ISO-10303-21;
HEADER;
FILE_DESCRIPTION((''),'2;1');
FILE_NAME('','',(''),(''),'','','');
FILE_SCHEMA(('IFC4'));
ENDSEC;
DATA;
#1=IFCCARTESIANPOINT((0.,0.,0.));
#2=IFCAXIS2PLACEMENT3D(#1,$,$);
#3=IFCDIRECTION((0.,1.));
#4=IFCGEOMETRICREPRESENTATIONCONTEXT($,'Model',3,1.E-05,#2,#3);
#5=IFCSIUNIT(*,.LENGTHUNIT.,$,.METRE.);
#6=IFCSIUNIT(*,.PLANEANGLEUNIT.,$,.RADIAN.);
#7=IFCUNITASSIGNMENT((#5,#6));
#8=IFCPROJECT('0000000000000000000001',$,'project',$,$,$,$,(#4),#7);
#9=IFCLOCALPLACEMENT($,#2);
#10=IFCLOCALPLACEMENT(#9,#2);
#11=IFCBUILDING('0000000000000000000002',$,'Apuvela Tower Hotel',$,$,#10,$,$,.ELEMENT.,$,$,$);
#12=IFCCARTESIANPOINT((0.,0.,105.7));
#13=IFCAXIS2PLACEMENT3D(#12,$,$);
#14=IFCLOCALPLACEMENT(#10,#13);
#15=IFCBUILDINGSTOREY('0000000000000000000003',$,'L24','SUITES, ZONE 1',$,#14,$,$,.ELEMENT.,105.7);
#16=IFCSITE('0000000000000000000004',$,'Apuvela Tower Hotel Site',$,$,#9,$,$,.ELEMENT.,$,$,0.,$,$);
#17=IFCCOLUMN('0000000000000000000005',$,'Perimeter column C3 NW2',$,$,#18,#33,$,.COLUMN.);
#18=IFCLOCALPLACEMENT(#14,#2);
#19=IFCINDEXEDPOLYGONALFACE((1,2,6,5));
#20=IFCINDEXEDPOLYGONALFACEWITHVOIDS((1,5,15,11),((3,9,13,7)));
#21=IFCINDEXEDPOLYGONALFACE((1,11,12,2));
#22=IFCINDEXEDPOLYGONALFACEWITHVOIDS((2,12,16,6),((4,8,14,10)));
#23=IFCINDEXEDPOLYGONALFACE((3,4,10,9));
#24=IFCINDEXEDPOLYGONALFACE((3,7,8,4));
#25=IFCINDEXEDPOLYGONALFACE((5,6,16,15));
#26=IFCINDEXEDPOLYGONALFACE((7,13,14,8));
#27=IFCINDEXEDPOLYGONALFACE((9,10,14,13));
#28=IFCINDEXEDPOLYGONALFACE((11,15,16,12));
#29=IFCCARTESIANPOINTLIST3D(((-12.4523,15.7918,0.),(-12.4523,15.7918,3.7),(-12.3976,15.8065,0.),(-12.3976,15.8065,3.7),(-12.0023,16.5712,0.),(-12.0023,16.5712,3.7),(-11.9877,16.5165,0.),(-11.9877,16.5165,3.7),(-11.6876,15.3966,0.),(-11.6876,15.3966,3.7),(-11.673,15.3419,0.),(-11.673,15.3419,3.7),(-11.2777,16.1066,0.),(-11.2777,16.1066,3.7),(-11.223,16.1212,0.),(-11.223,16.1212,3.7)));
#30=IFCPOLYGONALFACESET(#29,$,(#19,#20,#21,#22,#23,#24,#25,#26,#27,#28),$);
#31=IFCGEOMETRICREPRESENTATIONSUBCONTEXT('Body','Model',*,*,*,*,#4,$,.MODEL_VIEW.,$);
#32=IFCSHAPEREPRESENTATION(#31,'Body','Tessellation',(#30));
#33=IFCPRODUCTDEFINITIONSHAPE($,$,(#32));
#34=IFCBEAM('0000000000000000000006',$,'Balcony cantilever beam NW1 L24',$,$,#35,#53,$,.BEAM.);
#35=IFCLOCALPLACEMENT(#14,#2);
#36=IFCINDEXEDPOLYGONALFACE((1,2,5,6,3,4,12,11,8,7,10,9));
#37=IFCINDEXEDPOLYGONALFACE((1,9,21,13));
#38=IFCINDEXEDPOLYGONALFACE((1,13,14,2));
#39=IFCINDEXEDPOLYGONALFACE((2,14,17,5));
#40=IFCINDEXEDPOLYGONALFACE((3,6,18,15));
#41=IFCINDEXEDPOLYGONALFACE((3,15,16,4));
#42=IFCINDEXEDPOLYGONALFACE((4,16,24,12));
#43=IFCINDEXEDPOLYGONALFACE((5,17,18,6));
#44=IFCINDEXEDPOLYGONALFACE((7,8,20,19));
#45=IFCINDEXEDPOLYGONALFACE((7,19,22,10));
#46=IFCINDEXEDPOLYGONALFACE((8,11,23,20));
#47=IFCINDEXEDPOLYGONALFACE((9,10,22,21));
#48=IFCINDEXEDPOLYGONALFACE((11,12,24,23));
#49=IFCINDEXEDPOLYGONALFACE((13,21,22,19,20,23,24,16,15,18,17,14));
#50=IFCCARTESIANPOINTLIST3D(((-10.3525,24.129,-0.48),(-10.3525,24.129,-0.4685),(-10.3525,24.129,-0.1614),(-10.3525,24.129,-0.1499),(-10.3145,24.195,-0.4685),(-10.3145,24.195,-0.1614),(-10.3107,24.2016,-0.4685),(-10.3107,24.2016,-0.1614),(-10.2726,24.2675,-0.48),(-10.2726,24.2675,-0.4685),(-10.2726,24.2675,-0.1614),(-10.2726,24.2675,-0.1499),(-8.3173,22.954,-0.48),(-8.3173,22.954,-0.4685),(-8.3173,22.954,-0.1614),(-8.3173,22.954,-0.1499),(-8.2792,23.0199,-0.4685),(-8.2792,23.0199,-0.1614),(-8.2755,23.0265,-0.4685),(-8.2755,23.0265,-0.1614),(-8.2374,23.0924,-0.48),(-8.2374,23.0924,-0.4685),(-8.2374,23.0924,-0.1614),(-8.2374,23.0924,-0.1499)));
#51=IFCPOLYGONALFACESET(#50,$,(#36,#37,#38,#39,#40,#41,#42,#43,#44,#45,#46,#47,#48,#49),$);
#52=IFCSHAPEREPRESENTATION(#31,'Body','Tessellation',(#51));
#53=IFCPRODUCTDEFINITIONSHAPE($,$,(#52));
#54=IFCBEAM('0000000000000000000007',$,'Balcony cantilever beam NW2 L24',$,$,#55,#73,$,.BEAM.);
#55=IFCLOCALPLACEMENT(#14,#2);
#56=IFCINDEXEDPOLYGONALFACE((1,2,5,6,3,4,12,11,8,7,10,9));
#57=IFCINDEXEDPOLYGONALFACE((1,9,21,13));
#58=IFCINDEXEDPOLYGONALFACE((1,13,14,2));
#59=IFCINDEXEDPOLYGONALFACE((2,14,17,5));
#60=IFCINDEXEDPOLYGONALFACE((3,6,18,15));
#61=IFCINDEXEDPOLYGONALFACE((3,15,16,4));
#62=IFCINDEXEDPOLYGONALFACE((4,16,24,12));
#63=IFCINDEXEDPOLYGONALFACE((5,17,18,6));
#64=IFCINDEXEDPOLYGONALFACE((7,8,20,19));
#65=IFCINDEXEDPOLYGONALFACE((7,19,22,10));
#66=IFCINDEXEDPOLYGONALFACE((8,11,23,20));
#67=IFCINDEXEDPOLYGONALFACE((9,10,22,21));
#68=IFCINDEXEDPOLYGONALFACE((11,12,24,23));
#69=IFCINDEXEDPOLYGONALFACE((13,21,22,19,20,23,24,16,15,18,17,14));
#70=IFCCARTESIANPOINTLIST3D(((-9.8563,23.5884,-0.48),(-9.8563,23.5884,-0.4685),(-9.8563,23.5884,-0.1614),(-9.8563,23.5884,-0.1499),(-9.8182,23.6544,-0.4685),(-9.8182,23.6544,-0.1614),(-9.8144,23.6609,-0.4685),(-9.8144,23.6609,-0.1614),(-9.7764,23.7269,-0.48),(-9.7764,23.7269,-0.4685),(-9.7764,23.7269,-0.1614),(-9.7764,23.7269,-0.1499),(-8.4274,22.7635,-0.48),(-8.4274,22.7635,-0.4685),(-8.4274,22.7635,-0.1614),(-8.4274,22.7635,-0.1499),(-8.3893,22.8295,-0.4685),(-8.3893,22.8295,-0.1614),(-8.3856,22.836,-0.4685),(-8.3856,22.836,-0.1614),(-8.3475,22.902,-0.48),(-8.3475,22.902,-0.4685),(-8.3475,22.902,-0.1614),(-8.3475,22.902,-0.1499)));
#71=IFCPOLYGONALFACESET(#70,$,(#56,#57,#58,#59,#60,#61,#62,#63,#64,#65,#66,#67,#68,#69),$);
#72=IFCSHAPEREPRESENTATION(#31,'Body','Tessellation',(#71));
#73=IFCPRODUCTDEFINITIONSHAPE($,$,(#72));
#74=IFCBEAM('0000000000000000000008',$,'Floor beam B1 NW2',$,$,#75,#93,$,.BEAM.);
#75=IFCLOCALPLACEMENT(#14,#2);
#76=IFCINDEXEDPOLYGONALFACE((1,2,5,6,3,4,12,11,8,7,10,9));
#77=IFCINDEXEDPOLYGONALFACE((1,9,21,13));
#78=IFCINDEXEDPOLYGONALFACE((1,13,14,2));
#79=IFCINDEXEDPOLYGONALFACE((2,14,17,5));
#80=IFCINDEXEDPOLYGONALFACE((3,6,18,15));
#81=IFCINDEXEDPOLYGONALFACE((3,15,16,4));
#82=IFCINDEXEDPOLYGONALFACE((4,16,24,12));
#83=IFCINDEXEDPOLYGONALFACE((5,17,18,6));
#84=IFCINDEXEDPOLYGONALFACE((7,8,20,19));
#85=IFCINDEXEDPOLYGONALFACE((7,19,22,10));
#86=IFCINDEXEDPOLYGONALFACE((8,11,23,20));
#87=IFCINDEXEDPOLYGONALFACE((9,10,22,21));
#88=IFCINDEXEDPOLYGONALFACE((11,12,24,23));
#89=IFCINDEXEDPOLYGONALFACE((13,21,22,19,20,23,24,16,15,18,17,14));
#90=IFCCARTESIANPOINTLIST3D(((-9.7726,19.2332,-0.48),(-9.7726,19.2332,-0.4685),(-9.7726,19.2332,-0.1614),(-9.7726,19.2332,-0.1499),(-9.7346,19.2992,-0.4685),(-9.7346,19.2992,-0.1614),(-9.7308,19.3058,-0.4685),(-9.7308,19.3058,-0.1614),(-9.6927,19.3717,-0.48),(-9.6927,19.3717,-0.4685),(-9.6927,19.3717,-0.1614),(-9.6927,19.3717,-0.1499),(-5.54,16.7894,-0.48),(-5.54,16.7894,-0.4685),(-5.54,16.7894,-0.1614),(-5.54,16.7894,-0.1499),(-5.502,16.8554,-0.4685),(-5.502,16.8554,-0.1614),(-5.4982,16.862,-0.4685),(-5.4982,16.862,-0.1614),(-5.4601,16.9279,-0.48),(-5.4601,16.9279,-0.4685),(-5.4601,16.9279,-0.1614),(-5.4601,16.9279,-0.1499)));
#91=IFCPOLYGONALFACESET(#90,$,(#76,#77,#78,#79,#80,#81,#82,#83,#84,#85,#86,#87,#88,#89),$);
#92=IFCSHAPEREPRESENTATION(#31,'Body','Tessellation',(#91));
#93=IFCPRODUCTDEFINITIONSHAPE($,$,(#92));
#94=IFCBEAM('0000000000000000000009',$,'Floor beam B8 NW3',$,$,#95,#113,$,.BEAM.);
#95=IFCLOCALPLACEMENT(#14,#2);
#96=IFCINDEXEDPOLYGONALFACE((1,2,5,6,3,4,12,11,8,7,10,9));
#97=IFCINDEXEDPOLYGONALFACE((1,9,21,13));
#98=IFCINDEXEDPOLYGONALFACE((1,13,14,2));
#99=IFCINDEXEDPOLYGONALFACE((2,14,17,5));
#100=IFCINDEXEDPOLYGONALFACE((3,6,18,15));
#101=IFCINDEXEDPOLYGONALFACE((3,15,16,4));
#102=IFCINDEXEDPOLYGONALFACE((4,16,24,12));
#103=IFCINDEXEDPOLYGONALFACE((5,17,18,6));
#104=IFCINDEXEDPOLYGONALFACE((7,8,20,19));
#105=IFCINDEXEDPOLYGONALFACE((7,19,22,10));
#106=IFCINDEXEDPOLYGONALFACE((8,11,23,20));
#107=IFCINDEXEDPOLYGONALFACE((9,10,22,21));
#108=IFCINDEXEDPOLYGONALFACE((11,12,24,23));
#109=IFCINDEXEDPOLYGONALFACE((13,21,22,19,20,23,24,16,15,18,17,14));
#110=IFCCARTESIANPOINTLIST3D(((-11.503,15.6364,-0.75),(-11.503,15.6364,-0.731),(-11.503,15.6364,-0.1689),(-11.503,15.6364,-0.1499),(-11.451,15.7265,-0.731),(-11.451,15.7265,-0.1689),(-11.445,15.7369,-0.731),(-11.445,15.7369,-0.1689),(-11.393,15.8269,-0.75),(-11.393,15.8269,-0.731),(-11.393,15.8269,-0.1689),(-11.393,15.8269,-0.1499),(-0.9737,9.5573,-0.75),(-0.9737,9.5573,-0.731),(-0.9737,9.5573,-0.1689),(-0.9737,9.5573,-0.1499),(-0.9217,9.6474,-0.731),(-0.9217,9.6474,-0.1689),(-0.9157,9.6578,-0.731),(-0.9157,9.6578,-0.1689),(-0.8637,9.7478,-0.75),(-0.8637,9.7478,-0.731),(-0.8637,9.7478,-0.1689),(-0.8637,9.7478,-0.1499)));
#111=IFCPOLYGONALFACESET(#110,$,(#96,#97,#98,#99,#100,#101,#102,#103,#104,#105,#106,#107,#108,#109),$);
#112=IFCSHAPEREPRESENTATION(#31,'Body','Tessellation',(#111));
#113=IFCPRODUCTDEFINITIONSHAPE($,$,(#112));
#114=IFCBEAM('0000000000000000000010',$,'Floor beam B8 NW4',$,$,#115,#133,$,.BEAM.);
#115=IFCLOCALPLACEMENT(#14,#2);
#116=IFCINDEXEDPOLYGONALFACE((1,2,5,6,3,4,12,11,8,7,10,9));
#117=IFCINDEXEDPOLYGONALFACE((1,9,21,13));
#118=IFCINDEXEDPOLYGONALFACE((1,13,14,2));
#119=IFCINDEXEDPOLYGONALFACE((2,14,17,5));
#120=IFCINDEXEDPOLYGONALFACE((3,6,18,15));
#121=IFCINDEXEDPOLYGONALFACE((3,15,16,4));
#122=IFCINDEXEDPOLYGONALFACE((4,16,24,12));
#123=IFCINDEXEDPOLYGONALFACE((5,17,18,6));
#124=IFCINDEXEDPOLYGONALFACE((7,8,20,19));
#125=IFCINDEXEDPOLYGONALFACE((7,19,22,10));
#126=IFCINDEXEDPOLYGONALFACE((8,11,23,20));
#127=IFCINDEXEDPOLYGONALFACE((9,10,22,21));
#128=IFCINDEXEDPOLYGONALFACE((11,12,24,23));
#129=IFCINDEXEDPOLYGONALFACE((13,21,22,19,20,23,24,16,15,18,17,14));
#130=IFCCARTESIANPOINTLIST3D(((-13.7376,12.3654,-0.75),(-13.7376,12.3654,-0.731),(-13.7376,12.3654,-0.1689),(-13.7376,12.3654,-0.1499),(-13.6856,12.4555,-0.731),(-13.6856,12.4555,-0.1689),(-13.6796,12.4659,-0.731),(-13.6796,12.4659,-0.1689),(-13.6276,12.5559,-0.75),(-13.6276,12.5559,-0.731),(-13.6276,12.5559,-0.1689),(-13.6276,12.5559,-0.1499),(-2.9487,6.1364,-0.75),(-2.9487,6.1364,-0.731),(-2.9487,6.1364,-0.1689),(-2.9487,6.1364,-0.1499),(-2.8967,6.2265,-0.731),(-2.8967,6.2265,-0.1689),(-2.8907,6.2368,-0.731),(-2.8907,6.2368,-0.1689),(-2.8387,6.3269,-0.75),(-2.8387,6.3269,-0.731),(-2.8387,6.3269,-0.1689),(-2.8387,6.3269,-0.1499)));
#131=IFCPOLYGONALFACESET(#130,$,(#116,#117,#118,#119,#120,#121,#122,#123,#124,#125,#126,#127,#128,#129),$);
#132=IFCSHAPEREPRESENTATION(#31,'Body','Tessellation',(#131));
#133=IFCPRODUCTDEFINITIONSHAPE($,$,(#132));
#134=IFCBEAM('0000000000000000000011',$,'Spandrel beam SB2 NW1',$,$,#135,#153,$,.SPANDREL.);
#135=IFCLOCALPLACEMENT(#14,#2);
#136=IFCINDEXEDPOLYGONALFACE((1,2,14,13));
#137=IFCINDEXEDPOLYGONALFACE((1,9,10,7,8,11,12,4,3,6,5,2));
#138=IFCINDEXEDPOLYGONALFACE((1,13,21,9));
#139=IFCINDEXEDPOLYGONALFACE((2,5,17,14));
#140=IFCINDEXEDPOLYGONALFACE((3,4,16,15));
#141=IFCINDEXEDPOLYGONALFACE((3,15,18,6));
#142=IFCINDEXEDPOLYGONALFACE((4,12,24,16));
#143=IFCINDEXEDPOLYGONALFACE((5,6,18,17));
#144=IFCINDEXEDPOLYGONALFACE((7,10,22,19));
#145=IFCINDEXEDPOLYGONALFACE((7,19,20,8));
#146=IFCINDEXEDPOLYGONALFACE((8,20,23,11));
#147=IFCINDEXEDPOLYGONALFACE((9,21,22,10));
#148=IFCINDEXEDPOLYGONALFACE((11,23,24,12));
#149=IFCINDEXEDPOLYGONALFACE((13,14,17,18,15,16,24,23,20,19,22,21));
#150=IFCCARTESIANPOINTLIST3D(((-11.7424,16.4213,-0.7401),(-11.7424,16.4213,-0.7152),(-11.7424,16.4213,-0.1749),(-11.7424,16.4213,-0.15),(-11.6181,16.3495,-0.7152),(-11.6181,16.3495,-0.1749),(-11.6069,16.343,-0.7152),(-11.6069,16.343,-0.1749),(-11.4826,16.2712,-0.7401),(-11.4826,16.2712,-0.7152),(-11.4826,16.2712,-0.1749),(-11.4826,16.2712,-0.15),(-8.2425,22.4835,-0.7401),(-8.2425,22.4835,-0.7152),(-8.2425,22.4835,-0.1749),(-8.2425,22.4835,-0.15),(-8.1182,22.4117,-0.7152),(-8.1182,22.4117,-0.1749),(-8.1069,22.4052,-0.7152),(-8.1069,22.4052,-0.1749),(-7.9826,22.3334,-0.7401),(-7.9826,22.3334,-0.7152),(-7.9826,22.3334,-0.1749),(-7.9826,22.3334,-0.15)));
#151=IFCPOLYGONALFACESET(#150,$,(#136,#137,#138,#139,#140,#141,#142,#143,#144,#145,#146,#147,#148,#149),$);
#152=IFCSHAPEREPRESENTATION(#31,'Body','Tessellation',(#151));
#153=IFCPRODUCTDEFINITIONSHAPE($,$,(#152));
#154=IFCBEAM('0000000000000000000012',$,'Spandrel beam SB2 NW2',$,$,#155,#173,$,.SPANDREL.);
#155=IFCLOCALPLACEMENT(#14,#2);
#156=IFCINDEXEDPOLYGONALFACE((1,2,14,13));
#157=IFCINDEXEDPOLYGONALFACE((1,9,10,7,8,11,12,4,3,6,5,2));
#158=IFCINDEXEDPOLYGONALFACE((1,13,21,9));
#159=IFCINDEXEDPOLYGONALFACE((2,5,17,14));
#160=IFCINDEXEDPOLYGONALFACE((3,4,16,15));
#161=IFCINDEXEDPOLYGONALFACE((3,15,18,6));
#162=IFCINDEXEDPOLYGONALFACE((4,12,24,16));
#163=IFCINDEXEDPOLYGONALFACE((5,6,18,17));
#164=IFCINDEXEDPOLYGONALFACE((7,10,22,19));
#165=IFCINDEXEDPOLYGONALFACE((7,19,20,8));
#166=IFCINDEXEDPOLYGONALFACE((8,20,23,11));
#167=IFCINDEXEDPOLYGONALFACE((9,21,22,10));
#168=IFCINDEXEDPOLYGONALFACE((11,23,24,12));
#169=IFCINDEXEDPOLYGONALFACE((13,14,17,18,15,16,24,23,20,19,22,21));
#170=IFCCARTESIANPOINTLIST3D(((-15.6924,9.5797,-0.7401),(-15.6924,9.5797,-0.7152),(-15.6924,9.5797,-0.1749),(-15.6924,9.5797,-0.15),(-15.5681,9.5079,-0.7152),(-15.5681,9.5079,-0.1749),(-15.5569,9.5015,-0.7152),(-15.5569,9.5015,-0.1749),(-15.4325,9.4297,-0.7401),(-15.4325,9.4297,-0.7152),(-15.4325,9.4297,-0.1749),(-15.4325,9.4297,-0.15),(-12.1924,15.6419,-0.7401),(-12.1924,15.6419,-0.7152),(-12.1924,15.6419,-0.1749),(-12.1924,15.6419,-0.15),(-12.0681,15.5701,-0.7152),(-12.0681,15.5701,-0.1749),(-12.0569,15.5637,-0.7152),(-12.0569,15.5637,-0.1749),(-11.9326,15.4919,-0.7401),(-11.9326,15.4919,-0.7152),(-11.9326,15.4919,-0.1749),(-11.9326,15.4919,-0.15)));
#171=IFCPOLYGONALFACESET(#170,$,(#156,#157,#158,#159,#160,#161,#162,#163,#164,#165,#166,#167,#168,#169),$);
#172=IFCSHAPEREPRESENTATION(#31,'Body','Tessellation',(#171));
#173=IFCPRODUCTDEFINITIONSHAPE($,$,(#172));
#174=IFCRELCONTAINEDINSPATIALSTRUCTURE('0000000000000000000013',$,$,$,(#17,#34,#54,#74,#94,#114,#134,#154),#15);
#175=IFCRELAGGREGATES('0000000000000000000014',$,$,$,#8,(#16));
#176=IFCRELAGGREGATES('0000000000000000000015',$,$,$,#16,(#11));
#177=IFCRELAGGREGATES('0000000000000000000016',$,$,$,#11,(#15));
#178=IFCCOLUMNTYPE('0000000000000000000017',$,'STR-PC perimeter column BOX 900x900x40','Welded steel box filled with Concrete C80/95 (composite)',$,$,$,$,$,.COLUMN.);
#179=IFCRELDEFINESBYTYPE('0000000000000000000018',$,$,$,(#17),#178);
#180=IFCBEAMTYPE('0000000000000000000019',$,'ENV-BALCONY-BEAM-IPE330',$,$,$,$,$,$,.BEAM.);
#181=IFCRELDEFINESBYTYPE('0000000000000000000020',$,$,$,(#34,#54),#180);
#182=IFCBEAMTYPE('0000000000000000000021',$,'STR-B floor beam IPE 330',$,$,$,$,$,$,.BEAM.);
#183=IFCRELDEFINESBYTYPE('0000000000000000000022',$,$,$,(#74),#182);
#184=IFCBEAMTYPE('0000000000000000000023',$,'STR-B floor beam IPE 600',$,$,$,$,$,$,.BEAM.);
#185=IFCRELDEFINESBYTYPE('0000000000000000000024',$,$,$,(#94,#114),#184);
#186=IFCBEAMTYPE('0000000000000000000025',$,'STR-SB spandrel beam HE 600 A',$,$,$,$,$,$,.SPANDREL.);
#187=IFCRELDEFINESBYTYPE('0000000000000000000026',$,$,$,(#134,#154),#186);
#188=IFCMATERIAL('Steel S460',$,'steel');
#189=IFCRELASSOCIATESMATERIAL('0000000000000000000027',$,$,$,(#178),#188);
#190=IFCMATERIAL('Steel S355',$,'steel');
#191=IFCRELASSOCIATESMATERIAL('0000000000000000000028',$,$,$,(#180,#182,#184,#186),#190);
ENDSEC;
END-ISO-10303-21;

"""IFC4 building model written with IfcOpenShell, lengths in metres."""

from ifc_helpers import new_model, si_unit, direction, frame, origin, origin_2d, place, context, subcontext, project, spatial, rectangle, hollow_rectangle, i_section, extrude, material, material_profile, profile_set, type_object, element, save


model = new_model("IFC4")

# Units and contexts
model_context = context("Model", 3, precision=1e-05, world=origin(), true_north=direction((0.0, 1.0)))
body_context = subcontext(model_context, "Body", "Model", "MODEL_VIEW")
ifc_project = project(units=[si_unit("LENGTHUNIT", "METRE"), si_unit("PLANEANGLEUNIT", "RADIAN")], contexts=[model_context])

# Site, building, storey
site_placement = place(None, origin())
site = spatial("IfcSite", under=ifc_project, at=site_placement, Name="Apuvela Tower Hotel Site", CompositionType="ELEMENT", RefElevation=0.0)
building_placement = place(site_placement, origin())
building = spatial("IfcBuilding", under=site, at=building_placement, Name="Apuvela Tower Hotel", CompositionType="ELEMENT")
storey_placement = place(building_placement, frame((0.0, 0.0, 105.7)))
storey = spatial("IfcBuildingStorey", under=building, at=storey_placement, Name="L24", Description="SUITES, ZONE 1", CompositionType="ELEMENT", Elevation=105.7)

# Column
ifc_material_1 = material(Name="Steel S460", Category="steel")
ifc_material_profile_1 = material_profile(ifc_material_1, hollow_rectangle(XDim=0.8999, YDim=0.8999, WallThickness=0.04, at=origin_2d()), Name="BOX 900x900x40")
ifc_material_2 = material(Name="Concrete C80/95", Category="concrete")
ifc_material_profile_2 = material_profile(ifc_material_2, rectangle(XDim=0.8201, YDim=0.8201, at=origin_2d()), Name="Concrete C80/95 infill")
ifc_profile_set_1 = profile_set([ifc_material_profile_1, ifc_material_profile_2], Name="Steel S460")
column_type = type_object("IfcColumnType", Name="STR-PC perimeter column BOX 900x900x40", Description="Welded steel box filled with Concrete C80/95 (composite)", PredefinedType="COLUMN", material=ifc_profile_set_1)
column_placement = place(storey_placement, frame((-11.8376, 15.9565, 0.0), z_axis=(0.0, 0.0, 1.0), x_axis=(0.5, 0.866025, 0.0)))
element("IfcColumn", 1, at=column_placement, inside=storey, type_object=column_type, Name="Perimeter column C3 NW2", PredefinedType="COLUMN", context=body_context, shape_type="SweptSolid", body=[
    extrude(hollow_rectangle(XDim=0.8999, YDim=0.8999, WallThickness=0.04, at=origin_2d()), origin(), (0.0, 0.0, 1.0), 3.7),
])

# Beams
ifc_material_3 = material(Name="Steel S355", Category="steel")
ifc_material_profile_3 = material_profile(ifc_material_3, i_section(OverallWidth=0.1599, OverallDepth=0.3301, WebThickness=0.0076, FlangeThickness=0.0115, at=origin_2d()), Name="IPE 330")
ifc_profile_set_2 = profile_set([ifc_material_profile_3], Name="Steel S355")
beam_type_1 = type_object("IfcBeamType", Name="ENV-BALCONY-BEAM-IPE330", PredefinedType="BEAM", material=ifc_profile_set_2)
beam_1_placement = place(storey_placement, frame((-8.2773, 23.0232, -0.3149), z_axis=(-0.866016, 0.500016, 0.0), x_axis=(-0.500016, -0.866016, 0.0)))
element("IfcBeam", 2, at=beam_1_placement, inside=storey, type_object=beam_type_1, Name="Balcony cantilever beam NW1 L24", PredefinedType="BEAM", context=body_context, shape_type="SweptSolid", body=[
    extrude(i_section(OverallWidth=0.1599, OverallDepth=0.3301, WebThickness=0.0076, FlangeThickness=0.0115, at=origin_2d()), origin(), (0.0, 0.0, 1.0), 2.3501),
])
beam_2_placement = place(storey_placement, frame((-8.3875, 22.8328, -0.3149), z_axis=(-0.86604, 0.499974, 0.0), x_axis=(-0.499974, -0.86604, 0.0)))
element("IfcBeam", 3, at=beam_2_placement, inside=storey, type_object=beam_type_1, Name="Balcony cantilever beam NW2 L24", PredefinedType="BEAM", context=body_context, shape_type="SweptSolid", body=[
    extrude(i_section(OverallWidth=0.1599, OverallDepth=0.3301, WebThickness=0.0076, FlangeThickness=0.0115, at=origin_2d()), origin(), (0.0, 0.0, 1.0), 1.6499),
])
ifc_material_profile_4 = material_profile(ifc_material_3, i_section(OverallWidth=0.1599, OverallDepth=0.3301, WebThickness=0.0076, FlangeThickness=0.0115, at=origin_2d()), Name="IPE 330")
ifc_profile_set_3 = profile_set([ifc_material_profile_4], Name="Steel S355")
beam_type_2 = type_object("IfcBeamType", Name="STR-B floor beam IPE 330", PredefinedType="BEAM", material=ifc_profile_set_3)
beam_3_placement = place(storey_placement, frame((-9.7327, 19.3025, -0.3149), z_axis=(0.866015, -0.500018, 0.0), x_axis=(0.500018, 0.866015, 0.0)))
element("IfcBeam", 4, at=beam_3_placement, inside=storey, type_object=beam_type_2, Name="Floor beam B1 NW2", PredefinedType="BEAM", context=body_context, shape_type="SweptSolid", body=[
    extrude(i_section(OverallWidth=0.1599, OverallDepth=0.3301, WebThickness=0.0076, FlangeThickness=0.0115, at=origin_2d()), origin(), (0.0, 0.0, 1.0), 4.8875),
])
ifc_material_profile_5 = material_profile(ifc_material_3, i_section(OverallWidth=0.22, OverallDepth=0.6001, WebThickness=0.012, FlangeThickness=0.019, at=origin_2d()), Name="IPE 600")
ifc_profile_set_4 = profile_set([ifc_material_profile_5], Name="Steel S355")
beam_type_3 = type_object("IfcBeamType", Name="STR-B floor beam IPE 600", PredefinedType="BEAM", material=ifc_profile_set_4)
beam_4_placement = place(storey_placement, frame((-11.448, 15.7317, -0.45), z_axis=(0.866025, -0.500001, 0.0), x_axis=(0.500001, 0.866025, 0.0)))
element("IfcBeam", 5, at=beam_4_placement, inside=storey, type_object=beam_type_3, Name="Floor beam B8 NW3", PredefinedType="BEAM", context=body_context, shape_type="SweptSolid", body=[
    extrude(i_section(OverallWidth=0.22, OverallDepth=0.6001, WebThickness=0.012, FlangeThickness=0.019, at=origin_2d()), origin(), (0.0, 0.0, 1.0), 12.1582),
])
beam_5_placement = place(storey_placement, frame((-13.6826, 12.4607, -0.45), z_axis=(0.866023, -0.500005, 0.0), x_axis=(0.500005, 0.866023, 0.0)))
element("IfcBeam", 6, at=beam_5_placement, inside=storey, type_object=beam_type_3, Name="Floor beam B8 NW4", PredefinedType="BEAM", context=body_context, shape_type="SweptSolid", body=[
    extrude(i_section(OverallWidth=0.22, OverallDepth=0.6001, WebThickness=0.012, FlangeThickness=0.019, at=origin_2d()), origin(), (0.0, 0.0, 1.0), 12.458),
])
ifc_material_profile_6 = material_profile(ifc_material_3, i_section(OverallWidth=0.3, OverallDepth=0.5901, WebThickness=0.0129, FlangeThickness=0.0249, at=origin_2d()), Name="HE 600 A")
ifc_profile_set_5 = profile_set([ifc_material_profile_6], Name="Steel S355")
beam_type_4 = type_object("IfcBeamType", Name="STR-SB spandrel beam HE 600 A", PredefinedType="SPANDREL", material=ifc_profile_set_5)
for number, where, z_axis, x_axis, name in (
    (7, (-8.1125, 22.4084, -0.4451), (-0.499995, -0.866028, 0.0), (0.866028, -0.499995, 0.0), "Spandrel beam SB2 NW1"),
    (8, (-12.0625, 15.5669, -0.4451), (-0.499995, -0.866028, 0.0), (0.866028, -0.499995, 0.0), "Spandrel beam SB2 NW2"),
):
    element("IfcBeam", number, at=place(storey_placement, frame(where, z_axis=z_axis, x_axis=x_axis)), inside=storey, type_object=beam_type_4, Name=name, PredefinedType="SPANDREL", context=body_context, shape_type="SweptSolid", body=[
        extrude(i_section(OverallWidth=0.3, OverallDepth=0.5901, WebThickness=0.0129, FlangeThickness=0.0249, at=origin_2d()), origin(), (0.0, 0.0, 1.0), 7.0),
    ])

save(model, "model.ifc")
